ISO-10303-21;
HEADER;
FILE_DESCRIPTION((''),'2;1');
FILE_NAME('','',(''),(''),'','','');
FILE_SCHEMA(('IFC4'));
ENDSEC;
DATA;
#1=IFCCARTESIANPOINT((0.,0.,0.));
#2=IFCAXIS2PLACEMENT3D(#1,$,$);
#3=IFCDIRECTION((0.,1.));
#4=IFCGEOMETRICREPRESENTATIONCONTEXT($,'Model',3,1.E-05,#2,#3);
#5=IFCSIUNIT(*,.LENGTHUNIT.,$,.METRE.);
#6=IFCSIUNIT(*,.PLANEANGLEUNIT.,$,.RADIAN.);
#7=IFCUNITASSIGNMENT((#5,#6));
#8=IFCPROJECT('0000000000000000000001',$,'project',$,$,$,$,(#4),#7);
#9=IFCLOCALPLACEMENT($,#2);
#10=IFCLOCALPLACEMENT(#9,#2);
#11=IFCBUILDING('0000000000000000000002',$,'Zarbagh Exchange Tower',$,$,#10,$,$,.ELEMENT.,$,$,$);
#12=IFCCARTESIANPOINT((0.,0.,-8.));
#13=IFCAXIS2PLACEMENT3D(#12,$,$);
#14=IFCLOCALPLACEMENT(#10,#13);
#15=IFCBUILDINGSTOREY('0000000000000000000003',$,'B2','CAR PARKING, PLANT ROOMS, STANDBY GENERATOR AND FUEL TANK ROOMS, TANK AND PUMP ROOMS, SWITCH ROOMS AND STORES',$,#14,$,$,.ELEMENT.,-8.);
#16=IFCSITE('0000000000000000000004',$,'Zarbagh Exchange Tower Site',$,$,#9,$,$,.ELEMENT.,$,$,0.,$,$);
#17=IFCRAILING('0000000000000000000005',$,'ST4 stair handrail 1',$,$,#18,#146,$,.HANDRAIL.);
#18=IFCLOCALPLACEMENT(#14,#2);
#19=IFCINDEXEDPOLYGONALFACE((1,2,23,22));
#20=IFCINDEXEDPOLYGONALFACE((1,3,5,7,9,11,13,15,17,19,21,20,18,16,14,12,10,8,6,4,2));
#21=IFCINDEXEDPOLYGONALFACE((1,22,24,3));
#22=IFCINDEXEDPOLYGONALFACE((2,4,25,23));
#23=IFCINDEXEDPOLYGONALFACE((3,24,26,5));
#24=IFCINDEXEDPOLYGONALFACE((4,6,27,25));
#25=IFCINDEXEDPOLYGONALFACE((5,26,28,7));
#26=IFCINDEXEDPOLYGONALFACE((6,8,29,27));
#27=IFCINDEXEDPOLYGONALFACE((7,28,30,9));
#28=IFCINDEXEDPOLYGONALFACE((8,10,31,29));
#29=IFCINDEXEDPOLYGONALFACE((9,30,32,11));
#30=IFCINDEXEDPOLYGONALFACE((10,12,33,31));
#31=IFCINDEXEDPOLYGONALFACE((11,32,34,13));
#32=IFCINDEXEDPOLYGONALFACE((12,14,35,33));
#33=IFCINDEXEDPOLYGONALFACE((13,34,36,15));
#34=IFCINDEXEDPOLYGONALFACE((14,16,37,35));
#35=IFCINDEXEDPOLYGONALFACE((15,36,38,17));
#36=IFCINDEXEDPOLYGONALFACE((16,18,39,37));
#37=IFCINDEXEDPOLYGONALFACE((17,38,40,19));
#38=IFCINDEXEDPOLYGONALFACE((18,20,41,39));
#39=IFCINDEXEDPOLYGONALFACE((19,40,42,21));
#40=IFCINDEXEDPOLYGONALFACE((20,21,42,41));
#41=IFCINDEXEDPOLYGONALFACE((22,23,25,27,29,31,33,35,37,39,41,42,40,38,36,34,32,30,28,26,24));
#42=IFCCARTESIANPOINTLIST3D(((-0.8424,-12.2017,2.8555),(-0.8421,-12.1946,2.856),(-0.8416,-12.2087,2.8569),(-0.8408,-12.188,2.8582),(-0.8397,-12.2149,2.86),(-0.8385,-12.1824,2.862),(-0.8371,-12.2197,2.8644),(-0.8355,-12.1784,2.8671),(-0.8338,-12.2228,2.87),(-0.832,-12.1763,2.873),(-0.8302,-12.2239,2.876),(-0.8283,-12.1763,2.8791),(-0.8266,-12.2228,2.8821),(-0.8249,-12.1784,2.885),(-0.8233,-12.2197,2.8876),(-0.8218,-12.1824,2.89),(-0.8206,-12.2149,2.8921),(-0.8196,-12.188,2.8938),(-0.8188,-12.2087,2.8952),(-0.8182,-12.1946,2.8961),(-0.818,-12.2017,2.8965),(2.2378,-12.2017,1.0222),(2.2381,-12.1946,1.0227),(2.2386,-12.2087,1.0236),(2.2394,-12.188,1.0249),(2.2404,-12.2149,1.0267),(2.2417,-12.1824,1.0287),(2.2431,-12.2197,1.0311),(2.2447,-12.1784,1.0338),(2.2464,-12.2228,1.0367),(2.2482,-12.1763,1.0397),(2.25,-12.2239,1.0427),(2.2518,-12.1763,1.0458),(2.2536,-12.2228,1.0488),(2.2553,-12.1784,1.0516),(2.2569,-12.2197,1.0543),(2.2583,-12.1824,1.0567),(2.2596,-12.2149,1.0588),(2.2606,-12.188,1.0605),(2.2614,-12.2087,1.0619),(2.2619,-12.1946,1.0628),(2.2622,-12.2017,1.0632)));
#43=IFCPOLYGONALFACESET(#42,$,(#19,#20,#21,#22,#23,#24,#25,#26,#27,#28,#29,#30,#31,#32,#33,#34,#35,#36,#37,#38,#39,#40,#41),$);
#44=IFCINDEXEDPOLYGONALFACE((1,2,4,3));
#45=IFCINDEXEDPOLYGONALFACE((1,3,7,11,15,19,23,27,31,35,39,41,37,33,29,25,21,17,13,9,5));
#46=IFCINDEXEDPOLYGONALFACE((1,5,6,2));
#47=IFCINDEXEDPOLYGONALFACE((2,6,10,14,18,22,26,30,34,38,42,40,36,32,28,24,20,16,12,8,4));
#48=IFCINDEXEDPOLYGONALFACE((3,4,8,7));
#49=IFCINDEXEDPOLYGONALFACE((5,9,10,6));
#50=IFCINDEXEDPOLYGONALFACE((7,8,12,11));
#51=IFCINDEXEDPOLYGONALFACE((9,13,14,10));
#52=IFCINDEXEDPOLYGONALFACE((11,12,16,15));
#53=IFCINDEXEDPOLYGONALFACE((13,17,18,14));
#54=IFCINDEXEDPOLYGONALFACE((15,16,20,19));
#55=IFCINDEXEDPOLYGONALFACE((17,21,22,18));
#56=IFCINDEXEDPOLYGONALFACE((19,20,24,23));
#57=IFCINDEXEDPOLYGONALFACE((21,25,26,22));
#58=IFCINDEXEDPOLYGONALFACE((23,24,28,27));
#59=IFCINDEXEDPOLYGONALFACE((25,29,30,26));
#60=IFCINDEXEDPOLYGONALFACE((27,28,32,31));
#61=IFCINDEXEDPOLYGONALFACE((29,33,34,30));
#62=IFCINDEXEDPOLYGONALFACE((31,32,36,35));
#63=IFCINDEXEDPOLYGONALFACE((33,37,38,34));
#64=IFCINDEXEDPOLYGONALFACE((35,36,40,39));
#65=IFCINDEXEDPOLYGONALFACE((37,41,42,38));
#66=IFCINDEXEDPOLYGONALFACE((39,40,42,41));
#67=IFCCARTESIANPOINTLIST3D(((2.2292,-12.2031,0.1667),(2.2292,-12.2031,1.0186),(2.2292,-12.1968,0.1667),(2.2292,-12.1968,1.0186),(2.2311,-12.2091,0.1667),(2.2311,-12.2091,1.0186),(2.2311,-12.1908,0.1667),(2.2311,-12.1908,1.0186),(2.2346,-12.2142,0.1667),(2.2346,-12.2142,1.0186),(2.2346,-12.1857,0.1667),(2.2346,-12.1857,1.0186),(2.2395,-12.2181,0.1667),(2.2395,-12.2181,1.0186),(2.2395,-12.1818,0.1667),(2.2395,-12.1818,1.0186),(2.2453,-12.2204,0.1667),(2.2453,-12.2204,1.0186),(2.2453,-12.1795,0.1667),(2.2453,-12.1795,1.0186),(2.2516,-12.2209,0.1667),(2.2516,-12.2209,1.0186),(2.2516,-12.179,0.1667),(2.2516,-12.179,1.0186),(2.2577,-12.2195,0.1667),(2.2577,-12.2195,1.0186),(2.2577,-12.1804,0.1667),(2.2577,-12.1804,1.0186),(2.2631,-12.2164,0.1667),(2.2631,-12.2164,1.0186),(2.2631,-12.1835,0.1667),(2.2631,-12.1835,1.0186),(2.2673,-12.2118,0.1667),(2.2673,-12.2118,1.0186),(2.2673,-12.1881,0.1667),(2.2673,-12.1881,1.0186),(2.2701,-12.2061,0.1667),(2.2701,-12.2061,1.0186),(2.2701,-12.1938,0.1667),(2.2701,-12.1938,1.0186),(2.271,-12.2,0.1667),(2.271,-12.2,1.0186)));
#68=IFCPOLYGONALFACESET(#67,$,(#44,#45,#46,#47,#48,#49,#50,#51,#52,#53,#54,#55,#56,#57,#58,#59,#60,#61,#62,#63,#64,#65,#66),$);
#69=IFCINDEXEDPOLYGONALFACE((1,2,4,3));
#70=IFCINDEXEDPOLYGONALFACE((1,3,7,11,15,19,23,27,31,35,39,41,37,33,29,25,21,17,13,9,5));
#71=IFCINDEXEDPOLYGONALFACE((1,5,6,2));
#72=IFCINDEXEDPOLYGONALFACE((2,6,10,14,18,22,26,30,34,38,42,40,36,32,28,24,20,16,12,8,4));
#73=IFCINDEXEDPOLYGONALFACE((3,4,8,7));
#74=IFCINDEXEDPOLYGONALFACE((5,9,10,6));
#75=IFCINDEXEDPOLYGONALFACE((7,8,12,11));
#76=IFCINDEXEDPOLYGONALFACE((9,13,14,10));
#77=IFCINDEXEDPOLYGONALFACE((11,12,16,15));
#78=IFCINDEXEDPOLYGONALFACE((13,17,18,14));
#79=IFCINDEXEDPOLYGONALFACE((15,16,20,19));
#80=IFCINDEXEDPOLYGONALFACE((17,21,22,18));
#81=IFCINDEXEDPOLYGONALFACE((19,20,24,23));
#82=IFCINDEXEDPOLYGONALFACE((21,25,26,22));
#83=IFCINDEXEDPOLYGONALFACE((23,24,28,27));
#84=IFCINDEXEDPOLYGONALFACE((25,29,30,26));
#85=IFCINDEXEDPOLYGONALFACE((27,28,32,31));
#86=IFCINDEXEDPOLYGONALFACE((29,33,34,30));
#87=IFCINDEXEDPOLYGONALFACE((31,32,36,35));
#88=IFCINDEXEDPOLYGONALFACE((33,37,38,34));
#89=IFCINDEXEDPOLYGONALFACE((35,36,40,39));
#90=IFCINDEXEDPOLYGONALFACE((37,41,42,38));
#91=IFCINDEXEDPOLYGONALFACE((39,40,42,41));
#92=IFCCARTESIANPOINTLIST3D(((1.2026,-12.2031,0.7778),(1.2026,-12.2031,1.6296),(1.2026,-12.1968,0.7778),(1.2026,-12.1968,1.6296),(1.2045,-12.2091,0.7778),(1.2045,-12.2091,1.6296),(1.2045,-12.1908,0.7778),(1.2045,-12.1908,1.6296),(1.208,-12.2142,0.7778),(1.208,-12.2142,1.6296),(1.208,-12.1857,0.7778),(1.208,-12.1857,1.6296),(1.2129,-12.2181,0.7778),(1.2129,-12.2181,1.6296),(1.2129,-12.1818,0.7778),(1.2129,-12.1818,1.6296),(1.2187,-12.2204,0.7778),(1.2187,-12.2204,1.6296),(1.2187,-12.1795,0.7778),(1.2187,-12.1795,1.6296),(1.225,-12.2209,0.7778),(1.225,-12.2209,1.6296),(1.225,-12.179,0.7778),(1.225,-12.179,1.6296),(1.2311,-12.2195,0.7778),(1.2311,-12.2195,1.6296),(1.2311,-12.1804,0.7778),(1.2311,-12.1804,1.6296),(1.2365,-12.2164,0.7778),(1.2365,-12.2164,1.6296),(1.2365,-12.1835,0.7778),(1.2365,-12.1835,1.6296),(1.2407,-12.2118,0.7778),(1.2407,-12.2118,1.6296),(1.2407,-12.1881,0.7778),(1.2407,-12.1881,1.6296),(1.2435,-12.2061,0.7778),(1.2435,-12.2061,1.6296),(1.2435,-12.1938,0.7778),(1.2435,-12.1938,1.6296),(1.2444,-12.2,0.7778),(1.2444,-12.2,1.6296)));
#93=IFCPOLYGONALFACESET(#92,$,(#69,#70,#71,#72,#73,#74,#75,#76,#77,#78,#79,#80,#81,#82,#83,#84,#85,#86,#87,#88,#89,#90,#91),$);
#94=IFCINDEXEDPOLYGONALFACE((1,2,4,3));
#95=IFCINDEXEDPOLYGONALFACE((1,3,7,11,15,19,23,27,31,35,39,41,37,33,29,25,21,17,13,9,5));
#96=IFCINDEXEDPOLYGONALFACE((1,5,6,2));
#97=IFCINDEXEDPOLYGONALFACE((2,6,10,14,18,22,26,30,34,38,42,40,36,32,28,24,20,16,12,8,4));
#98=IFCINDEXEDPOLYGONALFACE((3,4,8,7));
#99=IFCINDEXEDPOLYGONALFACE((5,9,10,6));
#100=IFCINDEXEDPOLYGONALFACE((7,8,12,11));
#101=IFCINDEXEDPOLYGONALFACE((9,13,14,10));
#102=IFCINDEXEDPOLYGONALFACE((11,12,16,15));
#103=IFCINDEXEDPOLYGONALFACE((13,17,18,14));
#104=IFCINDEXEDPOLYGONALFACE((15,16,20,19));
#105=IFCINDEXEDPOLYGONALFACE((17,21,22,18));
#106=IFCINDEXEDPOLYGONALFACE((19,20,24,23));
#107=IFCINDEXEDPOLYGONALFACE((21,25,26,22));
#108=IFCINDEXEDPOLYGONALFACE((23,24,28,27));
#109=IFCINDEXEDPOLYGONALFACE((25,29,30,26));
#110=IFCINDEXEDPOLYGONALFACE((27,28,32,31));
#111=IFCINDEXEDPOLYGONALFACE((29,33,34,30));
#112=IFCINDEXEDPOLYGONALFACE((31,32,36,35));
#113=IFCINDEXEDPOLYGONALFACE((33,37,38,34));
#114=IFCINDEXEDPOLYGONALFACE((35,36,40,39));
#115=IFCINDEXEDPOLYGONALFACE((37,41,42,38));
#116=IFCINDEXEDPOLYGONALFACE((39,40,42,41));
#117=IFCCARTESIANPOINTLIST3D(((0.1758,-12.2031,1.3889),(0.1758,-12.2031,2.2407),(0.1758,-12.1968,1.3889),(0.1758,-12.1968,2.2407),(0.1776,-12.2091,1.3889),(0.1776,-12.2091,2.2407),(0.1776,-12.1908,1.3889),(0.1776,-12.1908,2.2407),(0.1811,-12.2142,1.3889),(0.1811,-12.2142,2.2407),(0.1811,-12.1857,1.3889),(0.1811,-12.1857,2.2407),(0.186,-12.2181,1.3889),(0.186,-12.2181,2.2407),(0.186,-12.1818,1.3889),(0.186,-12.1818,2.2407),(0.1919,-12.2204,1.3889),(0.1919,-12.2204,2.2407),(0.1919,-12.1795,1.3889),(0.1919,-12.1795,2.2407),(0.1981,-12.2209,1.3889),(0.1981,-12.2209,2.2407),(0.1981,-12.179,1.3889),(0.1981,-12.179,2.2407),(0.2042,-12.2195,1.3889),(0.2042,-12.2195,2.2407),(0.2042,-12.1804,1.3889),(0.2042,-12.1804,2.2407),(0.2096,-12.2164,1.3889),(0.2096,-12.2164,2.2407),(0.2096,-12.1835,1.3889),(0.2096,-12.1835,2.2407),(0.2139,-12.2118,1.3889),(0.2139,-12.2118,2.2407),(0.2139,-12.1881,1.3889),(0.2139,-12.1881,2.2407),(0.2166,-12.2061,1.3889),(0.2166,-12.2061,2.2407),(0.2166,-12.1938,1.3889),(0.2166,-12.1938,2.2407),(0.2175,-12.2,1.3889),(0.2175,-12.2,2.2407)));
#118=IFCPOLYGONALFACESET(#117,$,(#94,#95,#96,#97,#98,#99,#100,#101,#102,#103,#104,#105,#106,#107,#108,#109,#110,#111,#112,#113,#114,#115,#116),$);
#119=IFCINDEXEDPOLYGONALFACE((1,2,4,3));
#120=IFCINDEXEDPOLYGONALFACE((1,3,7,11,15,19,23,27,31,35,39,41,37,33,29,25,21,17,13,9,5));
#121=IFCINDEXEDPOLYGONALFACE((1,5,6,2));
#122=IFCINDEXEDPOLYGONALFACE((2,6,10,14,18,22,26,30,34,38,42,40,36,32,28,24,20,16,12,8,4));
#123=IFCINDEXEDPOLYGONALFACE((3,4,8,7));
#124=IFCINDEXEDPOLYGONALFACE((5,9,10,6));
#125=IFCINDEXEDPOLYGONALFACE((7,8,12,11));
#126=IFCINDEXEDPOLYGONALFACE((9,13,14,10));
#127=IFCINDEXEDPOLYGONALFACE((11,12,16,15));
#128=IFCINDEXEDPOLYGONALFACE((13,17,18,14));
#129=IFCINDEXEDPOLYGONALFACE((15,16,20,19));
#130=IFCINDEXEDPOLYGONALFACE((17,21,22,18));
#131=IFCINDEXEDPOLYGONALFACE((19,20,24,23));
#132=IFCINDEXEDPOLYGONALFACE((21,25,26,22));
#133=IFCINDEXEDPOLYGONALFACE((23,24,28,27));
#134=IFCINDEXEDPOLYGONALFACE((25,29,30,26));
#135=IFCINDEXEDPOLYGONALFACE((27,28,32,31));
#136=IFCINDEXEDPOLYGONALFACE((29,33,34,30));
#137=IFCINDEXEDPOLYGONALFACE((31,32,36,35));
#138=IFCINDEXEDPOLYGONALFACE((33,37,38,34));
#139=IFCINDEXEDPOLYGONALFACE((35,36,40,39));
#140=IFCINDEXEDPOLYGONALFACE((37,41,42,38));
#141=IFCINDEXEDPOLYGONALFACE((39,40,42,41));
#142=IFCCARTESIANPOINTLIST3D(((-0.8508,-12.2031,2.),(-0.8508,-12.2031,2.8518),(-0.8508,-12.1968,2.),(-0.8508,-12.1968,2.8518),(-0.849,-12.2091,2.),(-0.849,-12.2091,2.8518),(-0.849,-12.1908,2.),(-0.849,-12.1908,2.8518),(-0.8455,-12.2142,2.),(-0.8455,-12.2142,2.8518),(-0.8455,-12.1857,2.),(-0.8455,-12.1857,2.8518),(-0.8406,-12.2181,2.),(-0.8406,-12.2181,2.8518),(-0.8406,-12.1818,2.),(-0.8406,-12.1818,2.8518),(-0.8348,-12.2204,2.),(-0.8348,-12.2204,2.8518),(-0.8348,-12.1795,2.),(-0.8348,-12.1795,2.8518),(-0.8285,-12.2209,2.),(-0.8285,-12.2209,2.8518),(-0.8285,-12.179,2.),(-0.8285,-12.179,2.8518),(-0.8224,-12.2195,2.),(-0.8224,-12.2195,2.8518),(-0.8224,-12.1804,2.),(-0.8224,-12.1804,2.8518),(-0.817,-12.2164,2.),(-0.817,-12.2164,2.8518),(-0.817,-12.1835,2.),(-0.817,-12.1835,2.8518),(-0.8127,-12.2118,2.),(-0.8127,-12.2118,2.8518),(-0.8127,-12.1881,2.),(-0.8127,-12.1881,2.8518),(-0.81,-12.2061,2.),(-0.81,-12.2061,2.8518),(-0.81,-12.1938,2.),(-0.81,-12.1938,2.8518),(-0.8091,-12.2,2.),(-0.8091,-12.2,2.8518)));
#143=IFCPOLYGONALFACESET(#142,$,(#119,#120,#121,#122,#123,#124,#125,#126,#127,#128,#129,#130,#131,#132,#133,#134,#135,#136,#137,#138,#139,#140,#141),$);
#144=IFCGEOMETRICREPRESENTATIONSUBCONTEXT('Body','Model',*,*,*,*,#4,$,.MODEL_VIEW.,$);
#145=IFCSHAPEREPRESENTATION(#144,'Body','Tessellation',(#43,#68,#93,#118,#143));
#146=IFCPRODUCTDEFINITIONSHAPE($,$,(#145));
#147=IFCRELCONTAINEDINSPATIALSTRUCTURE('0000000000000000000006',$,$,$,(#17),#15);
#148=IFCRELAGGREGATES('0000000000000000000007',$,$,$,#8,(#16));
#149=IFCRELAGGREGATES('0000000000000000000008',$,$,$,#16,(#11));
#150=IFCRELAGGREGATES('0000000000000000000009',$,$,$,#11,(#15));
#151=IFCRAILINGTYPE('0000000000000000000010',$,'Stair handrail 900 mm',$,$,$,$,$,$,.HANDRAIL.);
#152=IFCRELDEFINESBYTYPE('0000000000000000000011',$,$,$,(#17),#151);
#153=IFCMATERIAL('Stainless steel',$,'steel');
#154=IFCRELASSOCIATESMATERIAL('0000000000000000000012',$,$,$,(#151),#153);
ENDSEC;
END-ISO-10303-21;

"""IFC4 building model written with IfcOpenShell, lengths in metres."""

from ifc_helpers import new_model, si_unit, direction, frame, origin, origin_2d, place, context, subcontext, project, spatial, circle, extrude, material, type_object, element, save


model = new_model("IFC4")

# Units and contexts
model_context = context("Model", 3, precision=1e-05, world=origin(), true_north=direction((0.0, 1.0)))
body_context = subcontext(model_context, "Body", "Model", "MODEL_VIEW")
ifc_project = project(units=[si_unit("LENGTHUNIT", "METRE"), si_unit("PLANEANGLEUNIT", "RADIAN")], contexts=[model_context])

# Site, building, storey
site_placement = place(None, origin())
site = spatial("IfcSite", under=ifc_project, at=site_placement, Name="Zarbagh Exchange Tower Site", CompositionType="ELEMENT", RefElevation=0.0)
building_placement = place(site_placement, origin())
building = spatial("IfcBuilding", under=site, at=building_placement, Name="Zarbagh Exchange Tower", CompositionType="ELEMENT")
storey_placement = place(building_placement, frame((0.0, 0.0, -8.0)))
storey = spatial("IfcBuildingStorey", under=building, at=storey_placement, Name="B2", Description="CAR PARKING, PLANT ROOMS, STANDBY GENERATOR AND FUEL TANK ROOMS, TANK AND PUMP ROOMS, SWITCH ROOMS AND STORES", CompositionType="ELEMENT", Elevation=-8.0)

# Railing
ifc_material_1 = material(Name="Stainless steel", Category="steel")
railing_type_1 = type_object("IfcRailingType", Name="Stair handrail 900 mm", PredefinedType="HANDRAIL", material=ifc_material_1)
for number, where, name in (
    (1, (2.25, -12.2, 0.1667), "ST4 stair handrail 1"),
):
    element("IfcRailing", number, at=place(storey_placement, frame(where)), inside=storey, type_object=railing_type_1, Name=name, PredefinedType="HANDRAIL", context=body_context, shape_type="SweptSolid", body=[
        extrude(circle(Radius=0.0239, at=origin_2d()), frame((0.0, 0.0, 0.876), z_axis=(-0.859309, 0.0, 0.511458), x_axis=(0.0, -1.0, 0.0)), (0.0, 0.0, 1.0), 3.5845),
        extrude(circle(Radius=0.021, at=origin_2d()), origin(), (0.0, 0.0, 1.0), 0.8518),
        extrude(circle(Radius=0.021, at=origin_2d()), frame((-1.0266, 0.0, 0.6111)), (0.0, 0.0, 1.0), 0.8518),
        extrude(circle(Radius=0.021, at=origin_2d()), frame((-2.0535, 0.0, 1.2222)), (0.0, 0.0, 1.0), 0.8518),
        extrude(circle(Radius=0.021, at=origin_2d()), frame((-3.0801, 0.0, 1.8333)), (0.0, 0.0, 1.0), 0.8518),
    ])

save(model, "model.ifc")
